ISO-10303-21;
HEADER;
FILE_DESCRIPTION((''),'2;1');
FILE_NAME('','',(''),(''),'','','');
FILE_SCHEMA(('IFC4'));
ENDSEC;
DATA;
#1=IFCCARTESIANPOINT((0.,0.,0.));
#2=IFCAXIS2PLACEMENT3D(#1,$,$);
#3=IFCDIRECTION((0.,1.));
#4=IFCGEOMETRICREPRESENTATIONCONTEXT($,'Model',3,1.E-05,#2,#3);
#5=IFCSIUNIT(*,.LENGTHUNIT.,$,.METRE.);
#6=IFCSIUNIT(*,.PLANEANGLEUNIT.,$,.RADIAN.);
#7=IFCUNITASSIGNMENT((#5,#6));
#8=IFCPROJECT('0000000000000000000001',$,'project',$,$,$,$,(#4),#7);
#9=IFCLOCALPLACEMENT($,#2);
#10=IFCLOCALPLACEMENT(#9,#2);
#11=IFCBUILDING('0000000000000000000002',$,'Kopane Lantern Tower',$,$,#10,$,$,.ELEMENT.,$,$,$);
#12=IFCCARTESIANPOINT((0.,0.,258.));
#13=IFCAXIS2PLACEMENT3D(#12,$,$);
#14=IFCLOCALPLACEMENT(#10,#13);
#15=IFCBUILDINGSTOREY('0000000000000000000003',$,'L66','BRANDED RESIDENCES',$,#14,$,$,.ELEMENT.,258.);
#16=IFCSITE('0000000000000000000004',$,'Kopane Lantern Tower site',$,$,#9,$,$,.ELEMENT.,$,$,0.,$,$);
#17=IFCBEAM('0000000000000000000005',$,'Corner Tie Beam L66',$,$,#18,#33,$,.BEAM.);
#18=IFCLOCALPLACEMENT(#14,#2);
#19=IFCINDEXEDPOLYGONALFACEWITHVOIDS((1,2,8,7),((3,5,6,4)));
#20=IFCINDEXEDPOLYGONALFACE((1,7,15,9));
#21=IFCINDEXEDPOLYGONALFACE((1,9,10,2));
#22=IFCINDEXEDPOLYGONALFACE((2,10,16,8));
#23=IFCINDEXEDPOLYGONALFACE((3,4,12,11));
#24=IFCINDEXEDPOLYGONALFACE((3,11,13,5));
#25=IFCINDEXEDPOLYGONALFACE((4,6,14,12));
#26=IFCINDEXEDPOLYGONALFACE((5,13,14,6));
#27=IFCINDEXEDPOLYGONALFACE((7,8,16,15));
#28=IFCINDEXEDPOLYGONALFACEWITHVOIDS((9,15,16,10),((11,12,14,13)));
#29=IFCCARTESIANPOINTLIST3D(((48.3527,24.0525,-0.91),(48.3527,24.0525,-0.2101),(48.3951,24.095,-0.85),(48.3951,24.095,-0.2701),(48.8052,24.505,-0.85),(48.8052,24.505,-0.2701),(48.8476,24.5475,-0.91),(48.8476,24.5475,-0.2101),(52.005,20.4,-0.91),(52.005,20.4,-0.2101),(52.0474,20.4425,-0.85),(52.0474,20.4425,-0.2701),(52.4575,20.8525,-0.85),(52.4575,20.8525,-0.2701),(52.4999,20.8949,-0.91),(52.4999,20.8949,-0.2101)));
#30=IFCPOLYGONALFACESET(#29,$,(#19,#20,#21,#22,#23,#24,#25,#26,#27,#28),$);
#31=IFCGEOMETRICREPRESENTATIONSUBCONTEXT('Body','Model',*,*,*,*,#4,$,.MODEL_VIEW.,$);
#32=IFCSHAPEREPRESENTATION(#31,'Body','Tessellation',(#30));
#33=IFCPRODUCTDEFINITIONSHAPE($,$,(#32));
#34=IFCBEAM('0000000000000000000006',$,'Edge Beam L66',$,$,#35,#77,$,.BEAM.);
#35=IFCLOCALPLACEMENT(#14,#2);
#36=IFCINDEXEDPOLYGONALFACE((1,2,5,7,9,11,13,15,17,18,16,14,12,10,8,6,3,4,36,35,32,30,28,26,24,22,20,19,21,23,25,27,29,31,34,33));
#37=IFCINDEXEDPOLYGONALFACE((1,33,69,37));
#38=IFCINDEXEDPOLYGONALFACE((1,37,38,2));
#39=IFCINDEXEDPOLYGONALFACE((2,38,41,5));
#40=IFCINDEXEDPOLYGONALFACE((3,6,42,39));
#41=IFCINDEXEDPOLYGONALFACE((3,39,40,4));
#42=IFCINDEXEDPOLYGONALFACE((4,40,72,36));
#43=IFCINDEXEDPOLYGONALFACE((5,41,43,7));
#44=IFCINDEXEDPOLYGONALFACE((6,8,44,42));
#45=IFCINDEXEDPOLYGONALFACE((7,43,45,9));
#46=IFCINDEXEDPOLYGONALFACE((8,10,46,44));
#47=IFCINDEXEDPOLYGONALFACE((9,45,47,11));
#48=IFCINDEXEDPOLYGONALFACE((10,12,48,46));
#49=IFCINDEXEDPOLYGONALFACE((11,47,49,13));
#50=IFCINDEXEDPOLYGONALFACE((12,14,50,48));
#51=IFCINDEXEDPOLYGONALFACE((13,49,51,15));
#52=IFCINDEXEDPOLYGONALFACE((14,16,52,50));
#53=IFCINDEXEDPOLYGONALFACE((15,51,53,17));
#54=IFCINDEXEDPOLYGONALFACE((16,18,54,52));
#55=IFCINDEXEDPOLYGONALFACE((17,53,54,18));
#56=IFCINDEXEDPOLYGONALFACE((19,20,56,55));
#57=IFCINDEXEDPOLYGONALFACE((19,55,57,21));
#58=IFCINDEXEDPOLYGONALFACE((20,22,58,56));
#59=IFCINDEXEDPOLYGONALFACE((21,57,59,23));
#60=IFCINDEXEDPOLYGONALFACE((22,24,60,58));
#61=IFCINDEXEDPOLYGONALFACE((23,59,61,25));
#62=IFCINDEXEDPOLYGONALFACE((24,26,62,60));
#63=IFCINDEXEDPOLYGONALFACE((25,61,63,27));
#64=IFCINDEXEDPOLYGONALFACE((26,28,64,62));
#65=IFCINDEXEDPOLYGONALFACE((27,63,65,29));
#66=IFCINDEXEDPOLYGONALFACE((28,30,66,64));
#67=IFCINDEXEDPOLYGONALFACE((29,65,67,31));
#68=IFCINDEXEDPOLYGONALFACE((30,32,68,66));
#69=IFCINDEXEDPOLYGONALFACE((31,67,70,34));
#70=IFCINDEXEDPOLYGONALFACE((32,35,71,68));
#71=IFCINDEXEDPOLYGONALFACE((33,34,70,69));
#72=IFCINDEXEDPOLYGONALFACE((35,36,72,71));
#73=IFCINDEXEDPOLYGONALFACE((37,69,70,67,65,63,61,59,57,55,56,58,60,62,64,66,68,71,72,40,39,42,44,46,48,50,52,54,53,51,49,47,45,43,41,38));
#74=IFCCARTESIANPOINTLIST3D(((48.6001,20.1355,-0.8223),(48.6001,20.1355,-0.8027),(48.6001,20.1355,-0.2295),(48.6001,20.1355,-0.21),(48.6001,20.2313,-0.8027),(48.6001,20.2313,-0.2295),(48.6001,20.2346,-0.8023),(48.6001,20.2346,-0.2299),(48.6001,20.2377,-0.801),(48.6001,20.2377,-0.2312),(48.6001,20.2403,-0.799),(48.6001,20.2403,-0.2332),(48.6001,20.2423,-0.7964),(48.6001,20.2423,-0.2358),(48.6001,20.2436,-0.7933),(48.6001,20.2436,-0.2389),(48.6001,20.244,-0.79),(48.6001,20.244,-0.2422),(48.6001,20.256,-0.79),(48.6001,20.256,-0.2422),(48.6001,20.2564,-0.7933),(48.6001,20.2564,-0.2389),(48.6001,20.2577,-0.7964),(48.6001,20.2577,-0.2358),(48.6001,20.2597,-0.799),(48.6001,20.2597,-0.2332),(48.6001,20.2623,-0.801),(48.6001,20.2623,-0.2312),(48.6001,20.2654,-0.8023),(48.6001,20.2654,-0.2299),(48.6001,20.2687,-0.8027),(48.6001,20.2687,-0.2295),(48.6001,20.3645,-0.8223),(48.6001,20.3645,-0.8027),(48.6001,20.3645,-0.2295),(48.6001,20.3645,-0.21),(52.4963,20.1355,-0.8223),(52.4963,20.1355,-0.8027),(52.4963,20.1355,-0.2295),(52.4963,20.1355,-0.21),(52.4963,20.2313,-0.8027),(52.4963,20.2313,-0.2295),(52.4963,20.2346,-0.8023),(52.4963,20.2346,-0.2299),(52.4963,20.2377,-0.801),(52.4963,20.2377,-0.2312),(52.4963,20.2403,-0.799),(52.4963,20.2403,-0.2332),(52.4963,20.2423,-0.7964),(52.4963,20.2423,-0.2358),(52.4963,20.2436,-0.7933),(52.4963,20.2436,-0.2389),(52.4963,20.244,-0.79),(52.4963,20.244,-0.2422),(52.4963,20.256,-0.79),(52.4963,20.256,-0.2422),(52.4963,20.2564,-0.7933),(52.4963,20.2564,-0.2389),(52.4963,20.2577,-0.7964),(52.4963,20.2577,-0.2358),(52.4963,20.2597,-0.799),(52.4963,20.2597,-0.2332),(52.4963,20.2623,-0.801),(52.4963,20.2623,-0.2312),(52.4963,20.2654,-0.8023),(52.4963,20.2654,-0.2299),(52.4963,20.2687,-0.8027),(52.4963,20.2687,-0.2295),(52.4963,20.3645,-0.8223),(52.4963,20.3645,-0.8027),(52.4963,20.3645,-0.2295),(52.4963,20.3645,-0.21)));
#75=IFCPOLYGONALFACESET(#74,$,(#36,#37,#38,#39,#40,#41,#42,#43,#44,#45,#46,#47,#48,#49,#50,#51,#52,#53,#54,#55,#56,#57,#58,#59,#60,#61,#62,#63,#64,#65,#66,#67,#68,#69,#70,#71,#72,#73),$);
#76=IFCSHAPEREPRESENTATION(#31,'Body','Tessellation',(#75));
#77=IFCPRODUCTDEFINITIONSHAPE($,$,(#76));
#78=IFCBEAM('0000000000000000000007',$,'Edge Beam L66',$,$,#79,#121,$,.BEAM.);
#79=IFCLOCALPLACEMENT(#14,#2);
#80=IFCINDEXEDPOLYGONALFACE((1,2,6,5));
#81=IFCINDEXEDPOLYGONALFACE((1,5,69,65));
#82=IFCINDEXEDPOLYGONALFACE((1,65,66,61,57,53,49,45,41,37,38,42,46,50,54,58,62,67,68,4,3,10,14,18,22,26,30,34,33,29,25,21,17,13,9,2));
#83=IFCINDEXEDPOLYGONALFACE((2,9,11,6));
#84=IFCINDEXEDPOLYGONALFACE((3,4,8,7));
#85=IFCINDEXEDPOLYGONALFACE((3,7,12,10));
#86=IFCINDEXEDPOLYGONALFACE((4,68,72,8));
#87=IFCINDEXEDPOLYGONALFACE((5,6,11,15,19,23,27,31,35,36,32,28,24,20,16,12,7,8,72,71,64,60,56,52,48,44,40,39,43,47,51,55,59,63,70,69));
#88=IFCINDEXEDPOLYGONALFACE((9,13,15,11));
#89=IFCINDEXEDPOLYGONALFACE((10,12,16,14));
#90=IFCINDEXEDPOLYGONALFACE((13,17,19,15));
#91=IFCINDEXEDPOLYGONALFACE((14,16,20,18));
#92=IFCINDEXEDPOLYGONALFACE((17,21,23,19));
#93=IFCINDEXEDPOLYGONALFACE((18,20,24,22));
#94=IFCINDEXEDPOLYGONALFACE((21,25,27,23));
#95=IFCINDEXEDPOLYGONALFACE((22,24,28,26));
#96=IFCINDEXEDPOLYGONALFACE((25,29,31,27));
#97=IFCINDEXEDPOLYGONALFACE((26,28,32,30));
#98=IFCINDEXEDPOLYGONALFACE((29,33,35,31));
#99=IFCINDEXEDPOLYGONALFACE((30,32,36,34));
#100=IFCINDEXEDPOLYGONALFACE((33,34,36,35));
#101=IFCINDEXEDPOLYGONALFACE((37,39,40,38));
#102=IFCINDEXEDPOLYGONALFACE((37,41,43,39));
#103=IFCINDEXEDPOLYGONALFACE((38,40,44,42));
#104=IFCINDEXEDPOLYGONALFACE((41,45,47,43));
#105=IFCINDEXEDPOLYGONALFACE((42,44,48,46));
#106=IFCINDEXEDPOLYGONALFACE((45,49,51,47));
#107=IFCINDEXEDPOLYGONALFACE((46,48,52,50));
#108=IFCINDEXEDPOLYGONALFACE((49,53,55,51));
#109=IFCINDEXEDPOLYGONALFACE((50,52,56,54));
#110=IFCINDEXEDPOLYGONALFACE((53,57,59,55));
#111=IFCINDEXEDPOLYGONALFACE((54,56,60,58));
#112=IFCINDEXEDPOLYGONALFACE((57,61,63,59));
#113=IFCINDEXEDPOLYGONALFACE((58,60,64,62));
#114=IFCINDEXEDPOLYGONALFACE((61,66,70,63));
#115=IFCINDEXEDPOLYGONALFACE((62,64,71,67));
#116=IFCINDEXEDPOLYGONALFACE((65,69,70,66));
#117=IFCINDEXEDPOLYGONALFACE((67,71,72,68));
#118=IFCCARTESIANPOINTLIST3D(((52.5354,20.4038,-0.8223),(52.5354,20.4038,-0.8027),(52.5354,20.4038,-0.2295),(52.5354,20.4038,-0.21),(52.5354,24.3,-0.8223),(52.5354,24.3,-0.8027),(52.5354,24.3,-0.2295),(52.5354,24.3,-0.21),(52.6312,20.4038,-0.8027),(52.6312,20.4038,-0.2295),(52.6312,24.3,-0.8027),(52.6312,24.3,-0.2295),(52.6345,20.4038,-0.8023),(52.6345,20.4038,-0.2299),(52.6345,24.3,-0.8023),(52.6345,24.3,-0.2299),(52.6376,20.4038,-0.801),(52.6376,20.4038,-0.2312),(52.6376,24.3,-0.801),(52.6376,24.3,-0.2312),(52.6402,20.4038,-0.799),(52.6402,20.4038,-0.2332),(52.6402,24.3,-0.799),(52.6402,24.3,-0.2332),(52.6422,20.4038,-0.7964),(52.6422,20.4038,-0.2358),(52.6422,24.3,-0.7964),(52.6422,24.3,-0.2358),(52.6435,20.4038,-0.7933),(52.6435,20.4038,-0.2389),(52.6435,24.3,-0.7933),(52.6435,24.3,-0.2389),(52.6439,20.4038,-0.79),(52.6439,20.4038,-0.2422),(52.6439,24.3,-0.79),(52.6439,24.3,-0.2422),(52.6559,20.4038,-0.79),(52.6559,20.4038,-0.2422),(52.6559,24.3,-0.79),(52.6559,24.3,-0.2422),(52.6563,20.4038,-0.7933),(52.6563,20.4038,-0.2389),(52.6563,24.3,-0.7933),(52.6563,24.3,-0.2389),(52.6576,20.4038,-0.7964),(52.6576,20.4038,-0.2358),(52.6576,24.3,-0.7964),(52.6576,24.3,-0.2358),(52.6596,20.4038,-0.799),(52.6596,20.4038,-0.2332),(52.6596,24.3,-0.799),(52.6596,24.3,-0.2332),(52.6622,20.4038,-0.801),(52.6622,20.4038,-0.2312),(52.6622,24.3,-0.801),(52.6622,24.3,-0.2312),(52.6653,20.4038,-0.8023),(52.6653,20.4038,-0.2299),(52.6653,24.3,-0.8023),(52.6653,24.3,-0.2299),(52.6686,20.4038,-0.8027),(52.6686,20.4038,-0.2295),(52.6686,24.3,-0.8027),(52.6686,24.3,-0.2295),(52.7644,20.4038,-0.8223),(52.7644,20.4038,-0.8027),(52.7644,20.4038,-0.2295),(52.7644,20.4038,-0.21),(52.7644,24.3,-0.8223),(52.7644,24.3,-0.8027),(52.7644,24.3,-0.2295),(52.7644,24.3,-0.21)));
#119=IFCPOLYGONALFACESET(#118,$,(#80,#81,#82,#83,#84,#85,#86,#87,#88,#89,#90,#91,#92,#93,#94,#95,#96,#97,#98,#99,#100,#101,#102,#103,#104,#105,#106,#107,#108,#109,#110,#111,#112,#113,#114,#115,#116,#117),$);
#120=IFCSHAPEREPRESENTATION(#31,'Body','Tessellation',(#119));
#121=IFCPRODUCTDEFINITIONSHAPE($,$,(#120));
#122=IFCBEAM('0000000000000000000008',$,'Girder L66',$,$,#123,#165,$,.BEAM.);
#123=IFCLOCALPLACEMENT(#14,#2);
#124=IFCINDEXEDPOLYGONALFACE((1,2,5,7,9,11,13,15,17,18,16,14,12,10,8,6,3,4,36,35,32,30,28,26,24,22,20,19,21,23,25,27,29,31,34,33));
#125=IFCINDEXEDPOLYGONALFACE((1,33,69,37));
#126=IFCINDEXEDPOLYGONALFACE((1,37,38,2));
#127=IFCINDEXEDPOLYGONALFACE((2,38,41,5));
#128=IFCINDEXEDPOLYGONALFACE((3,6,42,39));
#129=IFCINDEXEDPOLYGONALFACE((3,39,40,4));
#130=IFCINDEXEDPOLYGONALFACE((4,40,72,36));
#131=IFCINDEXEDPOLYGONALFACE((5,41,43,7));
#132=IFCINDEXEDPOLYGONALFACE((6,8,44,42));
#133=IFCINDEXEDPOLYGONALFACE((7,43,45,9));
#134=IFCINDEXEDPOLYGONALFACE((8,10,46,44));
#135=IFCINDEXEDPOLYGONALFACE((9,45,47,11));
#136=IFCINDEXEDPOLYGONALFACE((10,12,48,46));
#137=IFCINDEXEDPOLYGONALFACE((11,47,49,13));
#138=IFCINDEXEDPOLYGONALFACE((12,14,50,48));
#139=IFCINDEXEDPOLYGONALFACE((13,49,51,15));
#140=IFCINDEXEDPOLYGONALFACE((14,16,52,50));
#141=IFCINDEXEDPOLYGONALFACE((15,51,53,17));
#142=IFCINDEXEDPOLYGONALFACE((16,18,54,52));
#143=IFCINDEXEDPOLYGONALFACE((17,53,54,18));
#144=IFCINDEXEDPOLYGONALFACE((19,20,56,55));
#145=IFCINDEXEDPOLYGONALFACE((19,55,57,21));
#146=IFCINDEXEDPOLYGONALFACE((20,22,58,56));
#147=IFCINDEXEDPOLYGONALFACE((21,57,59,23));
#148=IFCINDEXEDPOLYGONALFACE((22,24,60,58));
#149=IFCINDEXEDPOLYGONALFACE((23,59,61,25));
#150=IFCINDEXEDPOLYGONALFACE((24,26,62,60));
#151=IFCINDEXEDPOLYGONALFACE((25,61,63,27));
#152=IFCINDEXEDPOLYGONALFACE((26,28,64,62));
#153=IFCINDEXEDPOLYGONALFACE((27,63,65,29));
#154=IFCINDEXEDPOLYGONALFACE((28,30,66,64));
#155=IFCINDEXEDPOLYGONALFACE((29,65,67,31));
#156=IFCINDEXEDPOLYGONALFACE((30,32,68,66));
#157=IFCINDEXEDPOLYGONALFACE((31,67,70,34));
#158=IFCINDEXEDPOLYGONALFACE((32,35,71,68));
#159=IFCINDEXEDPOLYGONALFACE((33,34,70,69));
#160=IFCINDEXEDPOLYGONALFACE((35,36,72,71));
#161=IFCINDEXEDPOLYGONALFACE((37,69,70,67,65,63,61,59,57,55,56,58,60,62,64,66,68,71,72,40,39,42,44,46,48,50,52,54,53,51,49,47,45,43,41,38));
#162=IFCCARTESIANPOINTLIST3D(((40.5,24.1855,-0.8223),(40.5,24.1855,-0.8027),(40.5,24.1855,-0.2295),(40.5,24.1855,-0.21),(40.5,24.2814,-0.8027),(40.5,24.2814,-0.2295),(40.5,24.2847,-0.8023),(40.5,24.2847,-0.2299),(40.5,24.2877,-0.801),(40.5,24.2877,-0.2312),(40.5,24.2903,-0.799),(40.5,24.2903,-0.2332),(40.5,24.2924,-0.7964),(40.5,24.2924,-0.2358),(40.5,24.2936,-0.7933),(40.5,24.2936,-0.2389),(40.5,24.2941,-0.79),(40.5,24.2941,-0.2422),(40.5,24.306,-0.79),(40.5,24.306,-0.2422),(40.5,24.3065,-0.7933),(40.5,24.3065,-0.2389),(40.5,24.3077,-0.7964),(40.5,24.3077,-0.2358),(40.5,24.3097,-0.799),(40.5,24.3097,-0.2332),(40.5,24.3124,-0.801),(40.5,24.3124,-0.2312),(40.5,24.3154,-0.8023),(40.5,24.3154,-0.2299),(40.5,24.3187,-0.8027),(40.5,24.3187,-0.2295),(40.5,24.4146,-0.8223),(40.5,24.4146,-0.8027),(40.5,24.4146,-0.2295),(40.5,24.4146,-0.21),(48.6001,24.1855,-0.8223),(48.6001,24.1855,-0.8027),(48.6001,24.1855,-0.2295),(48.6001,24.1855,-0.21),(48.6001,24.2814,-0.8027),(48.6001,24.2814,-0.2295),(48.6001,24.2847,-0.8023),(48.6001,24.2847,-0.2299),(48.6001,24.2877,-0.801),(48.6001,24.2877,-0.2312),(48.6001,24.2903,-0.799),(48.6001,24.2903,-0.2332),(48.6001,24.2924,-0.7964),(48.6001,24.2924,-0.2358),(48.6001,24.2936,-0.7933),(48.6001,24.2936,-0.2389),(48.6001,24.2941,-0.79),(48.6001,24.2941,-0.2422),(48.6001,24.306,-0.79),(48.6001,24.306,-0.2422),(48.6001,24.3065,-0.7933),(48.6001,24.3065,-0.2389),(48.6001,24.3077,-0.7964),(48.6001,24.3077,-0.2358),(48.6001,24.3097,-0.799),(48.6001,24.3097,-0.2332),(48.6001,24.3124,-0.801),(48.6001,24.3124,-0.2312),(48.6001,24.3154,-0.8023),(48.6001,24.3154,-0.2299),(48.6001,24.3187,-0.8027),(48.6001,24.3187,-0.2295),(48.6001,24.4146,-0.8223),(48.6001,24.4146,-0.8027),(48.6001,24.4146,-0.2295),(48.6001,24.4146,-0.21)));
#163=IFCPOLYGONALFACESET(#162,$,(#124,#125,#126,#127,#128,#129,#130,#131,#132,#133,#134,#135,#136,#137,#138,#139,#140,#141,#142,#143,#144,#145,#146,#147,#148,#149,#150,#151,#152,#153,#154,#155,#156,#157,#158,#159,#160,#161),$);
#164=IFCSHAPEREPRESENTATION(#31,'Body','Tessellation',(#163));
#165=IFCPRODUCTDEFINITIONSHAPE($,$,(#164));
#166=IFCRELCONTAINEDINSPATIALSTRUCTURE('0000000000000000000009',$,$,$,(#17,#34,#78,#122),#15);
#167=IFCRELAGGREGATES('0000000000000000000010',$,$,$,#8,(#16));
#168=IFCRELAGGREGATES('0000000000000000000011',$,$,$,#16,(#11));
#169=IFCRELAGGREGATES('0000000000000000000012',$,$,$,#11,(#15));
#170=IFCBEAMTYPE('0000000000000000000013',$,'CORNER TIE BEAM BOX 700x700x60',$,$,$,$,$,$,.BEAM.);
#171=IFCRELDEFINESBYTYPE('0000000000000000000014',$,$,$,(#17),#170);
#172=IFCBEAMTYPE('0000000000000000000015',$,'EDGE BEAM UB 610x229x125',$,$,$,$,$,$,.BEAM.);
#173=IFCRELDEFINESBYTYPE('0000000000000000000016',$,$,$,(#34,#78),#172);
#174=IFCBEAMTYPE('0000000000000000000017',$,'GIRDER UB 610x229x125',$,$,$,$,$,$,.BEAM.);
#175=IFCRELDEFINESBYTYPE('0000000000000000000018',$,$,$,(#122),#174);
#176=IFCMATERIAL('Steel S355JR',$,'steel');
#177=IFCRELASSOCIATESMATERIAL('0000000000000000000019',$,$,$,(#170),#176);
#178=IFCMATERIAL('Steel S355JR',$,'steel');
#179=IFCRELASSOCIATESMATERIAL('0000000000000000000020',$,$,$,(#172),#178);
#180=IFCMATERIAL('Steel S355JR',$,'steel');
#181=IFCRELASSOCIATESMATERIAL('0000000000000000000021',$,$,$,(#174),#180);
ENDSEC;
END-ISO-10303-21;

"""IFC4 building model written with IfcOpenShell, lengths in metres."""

from ifc_helpers import new_model, si_unit, direction, frame, origin, origin_2d, place, context, subcontext, project, spatial, hollow_rectangle, i_section, extrude, material, material_profile, profile_set, type_object, element, save


model = new_model("IFC4")

# Units and contexts
model_context = context("Model", 3, precision=1e-05, world=origin(), true_north=direction((0.0, 1.0)))
body_context = subcontext(model_context, "Body", "Model", "MODEL_VIEW")
ifc_project = project(units=[si_unit("LENGTHUNIT", "METRE"), si_unit("PLANEANGLEUNIT", "RADIAN")], contexts=[model_context])

# Site, building, storey
site_placement = place(None, origin())
site = spatial("IfcSite", under=ifc_project, at=site_placement, Name="Kopane Lantern Tower site", CompositionType="ELEMENT", RefElevation=0.0)
building_placement = place(site_placement, origin())
building = spatial("IfcBuilding", under=site, at=building_placement, Name="Kopane Lantern Tower", CompositionType="ELEMENT")
storey_placement = place(building_placement, frame((0.0, 0.0, 258.0)))
storey = spatial("IfcBuildingStorey", under=building, at=storey_placement, Name="L66", Description="BRANDED RESIDENCES", CompositionType="ELEMENT", Elevation=258.0)

# Beams
ifc_material_1 = material(Name="Steel S355JR", Category="steel")
ifc_material_profile_1 = material_profile(ifc_material_1, hollow_rectangle(XDim=0.7, YDim=0.7, WallThickness=0.0601, at=origin_2d()), Name="BOX 700x700x60")
ifc_profile_set_1 = profile_set([ifc_material_profile_1], Name="Steel S355JR")
beam_type_1 = type_object("IfcBeamType", Name="CORNER TIE BEAM BOX 700x700x60", PredefinedType="BEAM", material=ifc_profile_set_1)
beam_placement = place(storey_placement, frame((52.2524, 20.6475, -0.5601), z_axis=(-0.707083, 0.70713, 0.0), x_axis=(-0.70713, -0.707083, 0.0)))
element("IfcBeam", 1, at=beam_placement, inside=storey, type_object=beam_type_1, Name="Corner Tie Beam L66", PredefinedType="BEAM", context=body_context, shape_type="SweptSolid", body=[
    extrude(hollow_rectangle(XDim=0.7, YDim=0.7, WallThickness=0.0601, at=origin_2d()), origin(), (0.0, 0.0, 1.0), 5.1653),
])
ifc_material_2 = material(Name="Steel S355JR", Category="steel")
ifc_material_profile_2 = material_profile(ifc_material_2, i_section(OverallWidth=0.229, OverallDepth=0.6123, WebThickness=0.012, FlangeThickness=0.0195, FilletRadius=0.0127, at=origin_2d()), Name="UB 610x229x125")
ifc_profile_set_2 = profile_set([ifc_material_profile_2], Name="Steel S355JR")
beam_type_2 = type_object("IfcBeamType", Name="EDGE BEAM UB 610x229x125", PredefinedType="BEAM", material=ifc_profile_set_2)
for number, where, z_axis, x_axis, name in (
    (2, (52.4963, 20.25, -0.5161), (-1.0, 0.0, 0.0), (0.0, -1.0, 0.0), "Edge Beam L66"),
    (3, (52.6499, 20.4038, -0.5161), (0.0, 1.0, 0.0), (-1.0, 0.0, 0.0), "Edge Beam L66"),
):
    element("IfcBeam", number, at=place(storey_placement, frame(where, z_axis=z_axis, x_axis=x_axis)), inside=storey, type_object=beam_type_2, Name=name, PredefinedType="BEAM", context=body_context, shape_type="SweptSolid", body=[
        extrude(i_section(OverallWidth=0.229, OverallDepth=0.6123, WebThickness=0.012, FlangeThickness=0.0195, FilletRadius=0.0127, at=origin_2d()), origin(), (0.0, 0.0, 1.0), 3.8962),
    ])
ifc_material_3 = material(Name="Steel S355JR", Category="steel")
ifc_material_profile_3 = material_profile(ifc_material_3, i_section(OverallWidth=0.229, OverallDepth=0.6123, WebThickness=0.012, FlangeThickness=0.0195, FilletRadius=0.0127, at=origin_2d()), Name="UB 610x229x125")
ifc_profile_set_3 = profile_set([ifc_material_profile_3], Name="Steel S355JR")
beam_type_3 = type_object("IfcBeamType", Name="GIRDER UB 610x229x125", PredefinedType="BEAM", material=ifc_profile_set_3)
for number, where, z_axis, x_axis, name in (
    (4, (40.5, 24.3, -0.5161), (1.0, 0.0, 0.0), (0.0, 1.0, 0.0), "Girder L66"),
):
    element("IfcBeam", number, at=place(storey_placement, frame(where, z_axis=z_axis, x_axis=x_axis)), inside=storey, type_object=beam_type_3, Name=name, PredefinedType="BEAM", context=body_context, shape_type="SweptSolid", body=[
        extrude(i_section(OverallWidth=0.229, OverallDepth=0.6123, WebThickness=0.012, FlangeThickness=0.0195, FilletRadius=0.0127, at=origin_2d()), origin(), (0.0, 0.0, 1.0), 8.1001),
    ])

save(model, "model.ifc")
